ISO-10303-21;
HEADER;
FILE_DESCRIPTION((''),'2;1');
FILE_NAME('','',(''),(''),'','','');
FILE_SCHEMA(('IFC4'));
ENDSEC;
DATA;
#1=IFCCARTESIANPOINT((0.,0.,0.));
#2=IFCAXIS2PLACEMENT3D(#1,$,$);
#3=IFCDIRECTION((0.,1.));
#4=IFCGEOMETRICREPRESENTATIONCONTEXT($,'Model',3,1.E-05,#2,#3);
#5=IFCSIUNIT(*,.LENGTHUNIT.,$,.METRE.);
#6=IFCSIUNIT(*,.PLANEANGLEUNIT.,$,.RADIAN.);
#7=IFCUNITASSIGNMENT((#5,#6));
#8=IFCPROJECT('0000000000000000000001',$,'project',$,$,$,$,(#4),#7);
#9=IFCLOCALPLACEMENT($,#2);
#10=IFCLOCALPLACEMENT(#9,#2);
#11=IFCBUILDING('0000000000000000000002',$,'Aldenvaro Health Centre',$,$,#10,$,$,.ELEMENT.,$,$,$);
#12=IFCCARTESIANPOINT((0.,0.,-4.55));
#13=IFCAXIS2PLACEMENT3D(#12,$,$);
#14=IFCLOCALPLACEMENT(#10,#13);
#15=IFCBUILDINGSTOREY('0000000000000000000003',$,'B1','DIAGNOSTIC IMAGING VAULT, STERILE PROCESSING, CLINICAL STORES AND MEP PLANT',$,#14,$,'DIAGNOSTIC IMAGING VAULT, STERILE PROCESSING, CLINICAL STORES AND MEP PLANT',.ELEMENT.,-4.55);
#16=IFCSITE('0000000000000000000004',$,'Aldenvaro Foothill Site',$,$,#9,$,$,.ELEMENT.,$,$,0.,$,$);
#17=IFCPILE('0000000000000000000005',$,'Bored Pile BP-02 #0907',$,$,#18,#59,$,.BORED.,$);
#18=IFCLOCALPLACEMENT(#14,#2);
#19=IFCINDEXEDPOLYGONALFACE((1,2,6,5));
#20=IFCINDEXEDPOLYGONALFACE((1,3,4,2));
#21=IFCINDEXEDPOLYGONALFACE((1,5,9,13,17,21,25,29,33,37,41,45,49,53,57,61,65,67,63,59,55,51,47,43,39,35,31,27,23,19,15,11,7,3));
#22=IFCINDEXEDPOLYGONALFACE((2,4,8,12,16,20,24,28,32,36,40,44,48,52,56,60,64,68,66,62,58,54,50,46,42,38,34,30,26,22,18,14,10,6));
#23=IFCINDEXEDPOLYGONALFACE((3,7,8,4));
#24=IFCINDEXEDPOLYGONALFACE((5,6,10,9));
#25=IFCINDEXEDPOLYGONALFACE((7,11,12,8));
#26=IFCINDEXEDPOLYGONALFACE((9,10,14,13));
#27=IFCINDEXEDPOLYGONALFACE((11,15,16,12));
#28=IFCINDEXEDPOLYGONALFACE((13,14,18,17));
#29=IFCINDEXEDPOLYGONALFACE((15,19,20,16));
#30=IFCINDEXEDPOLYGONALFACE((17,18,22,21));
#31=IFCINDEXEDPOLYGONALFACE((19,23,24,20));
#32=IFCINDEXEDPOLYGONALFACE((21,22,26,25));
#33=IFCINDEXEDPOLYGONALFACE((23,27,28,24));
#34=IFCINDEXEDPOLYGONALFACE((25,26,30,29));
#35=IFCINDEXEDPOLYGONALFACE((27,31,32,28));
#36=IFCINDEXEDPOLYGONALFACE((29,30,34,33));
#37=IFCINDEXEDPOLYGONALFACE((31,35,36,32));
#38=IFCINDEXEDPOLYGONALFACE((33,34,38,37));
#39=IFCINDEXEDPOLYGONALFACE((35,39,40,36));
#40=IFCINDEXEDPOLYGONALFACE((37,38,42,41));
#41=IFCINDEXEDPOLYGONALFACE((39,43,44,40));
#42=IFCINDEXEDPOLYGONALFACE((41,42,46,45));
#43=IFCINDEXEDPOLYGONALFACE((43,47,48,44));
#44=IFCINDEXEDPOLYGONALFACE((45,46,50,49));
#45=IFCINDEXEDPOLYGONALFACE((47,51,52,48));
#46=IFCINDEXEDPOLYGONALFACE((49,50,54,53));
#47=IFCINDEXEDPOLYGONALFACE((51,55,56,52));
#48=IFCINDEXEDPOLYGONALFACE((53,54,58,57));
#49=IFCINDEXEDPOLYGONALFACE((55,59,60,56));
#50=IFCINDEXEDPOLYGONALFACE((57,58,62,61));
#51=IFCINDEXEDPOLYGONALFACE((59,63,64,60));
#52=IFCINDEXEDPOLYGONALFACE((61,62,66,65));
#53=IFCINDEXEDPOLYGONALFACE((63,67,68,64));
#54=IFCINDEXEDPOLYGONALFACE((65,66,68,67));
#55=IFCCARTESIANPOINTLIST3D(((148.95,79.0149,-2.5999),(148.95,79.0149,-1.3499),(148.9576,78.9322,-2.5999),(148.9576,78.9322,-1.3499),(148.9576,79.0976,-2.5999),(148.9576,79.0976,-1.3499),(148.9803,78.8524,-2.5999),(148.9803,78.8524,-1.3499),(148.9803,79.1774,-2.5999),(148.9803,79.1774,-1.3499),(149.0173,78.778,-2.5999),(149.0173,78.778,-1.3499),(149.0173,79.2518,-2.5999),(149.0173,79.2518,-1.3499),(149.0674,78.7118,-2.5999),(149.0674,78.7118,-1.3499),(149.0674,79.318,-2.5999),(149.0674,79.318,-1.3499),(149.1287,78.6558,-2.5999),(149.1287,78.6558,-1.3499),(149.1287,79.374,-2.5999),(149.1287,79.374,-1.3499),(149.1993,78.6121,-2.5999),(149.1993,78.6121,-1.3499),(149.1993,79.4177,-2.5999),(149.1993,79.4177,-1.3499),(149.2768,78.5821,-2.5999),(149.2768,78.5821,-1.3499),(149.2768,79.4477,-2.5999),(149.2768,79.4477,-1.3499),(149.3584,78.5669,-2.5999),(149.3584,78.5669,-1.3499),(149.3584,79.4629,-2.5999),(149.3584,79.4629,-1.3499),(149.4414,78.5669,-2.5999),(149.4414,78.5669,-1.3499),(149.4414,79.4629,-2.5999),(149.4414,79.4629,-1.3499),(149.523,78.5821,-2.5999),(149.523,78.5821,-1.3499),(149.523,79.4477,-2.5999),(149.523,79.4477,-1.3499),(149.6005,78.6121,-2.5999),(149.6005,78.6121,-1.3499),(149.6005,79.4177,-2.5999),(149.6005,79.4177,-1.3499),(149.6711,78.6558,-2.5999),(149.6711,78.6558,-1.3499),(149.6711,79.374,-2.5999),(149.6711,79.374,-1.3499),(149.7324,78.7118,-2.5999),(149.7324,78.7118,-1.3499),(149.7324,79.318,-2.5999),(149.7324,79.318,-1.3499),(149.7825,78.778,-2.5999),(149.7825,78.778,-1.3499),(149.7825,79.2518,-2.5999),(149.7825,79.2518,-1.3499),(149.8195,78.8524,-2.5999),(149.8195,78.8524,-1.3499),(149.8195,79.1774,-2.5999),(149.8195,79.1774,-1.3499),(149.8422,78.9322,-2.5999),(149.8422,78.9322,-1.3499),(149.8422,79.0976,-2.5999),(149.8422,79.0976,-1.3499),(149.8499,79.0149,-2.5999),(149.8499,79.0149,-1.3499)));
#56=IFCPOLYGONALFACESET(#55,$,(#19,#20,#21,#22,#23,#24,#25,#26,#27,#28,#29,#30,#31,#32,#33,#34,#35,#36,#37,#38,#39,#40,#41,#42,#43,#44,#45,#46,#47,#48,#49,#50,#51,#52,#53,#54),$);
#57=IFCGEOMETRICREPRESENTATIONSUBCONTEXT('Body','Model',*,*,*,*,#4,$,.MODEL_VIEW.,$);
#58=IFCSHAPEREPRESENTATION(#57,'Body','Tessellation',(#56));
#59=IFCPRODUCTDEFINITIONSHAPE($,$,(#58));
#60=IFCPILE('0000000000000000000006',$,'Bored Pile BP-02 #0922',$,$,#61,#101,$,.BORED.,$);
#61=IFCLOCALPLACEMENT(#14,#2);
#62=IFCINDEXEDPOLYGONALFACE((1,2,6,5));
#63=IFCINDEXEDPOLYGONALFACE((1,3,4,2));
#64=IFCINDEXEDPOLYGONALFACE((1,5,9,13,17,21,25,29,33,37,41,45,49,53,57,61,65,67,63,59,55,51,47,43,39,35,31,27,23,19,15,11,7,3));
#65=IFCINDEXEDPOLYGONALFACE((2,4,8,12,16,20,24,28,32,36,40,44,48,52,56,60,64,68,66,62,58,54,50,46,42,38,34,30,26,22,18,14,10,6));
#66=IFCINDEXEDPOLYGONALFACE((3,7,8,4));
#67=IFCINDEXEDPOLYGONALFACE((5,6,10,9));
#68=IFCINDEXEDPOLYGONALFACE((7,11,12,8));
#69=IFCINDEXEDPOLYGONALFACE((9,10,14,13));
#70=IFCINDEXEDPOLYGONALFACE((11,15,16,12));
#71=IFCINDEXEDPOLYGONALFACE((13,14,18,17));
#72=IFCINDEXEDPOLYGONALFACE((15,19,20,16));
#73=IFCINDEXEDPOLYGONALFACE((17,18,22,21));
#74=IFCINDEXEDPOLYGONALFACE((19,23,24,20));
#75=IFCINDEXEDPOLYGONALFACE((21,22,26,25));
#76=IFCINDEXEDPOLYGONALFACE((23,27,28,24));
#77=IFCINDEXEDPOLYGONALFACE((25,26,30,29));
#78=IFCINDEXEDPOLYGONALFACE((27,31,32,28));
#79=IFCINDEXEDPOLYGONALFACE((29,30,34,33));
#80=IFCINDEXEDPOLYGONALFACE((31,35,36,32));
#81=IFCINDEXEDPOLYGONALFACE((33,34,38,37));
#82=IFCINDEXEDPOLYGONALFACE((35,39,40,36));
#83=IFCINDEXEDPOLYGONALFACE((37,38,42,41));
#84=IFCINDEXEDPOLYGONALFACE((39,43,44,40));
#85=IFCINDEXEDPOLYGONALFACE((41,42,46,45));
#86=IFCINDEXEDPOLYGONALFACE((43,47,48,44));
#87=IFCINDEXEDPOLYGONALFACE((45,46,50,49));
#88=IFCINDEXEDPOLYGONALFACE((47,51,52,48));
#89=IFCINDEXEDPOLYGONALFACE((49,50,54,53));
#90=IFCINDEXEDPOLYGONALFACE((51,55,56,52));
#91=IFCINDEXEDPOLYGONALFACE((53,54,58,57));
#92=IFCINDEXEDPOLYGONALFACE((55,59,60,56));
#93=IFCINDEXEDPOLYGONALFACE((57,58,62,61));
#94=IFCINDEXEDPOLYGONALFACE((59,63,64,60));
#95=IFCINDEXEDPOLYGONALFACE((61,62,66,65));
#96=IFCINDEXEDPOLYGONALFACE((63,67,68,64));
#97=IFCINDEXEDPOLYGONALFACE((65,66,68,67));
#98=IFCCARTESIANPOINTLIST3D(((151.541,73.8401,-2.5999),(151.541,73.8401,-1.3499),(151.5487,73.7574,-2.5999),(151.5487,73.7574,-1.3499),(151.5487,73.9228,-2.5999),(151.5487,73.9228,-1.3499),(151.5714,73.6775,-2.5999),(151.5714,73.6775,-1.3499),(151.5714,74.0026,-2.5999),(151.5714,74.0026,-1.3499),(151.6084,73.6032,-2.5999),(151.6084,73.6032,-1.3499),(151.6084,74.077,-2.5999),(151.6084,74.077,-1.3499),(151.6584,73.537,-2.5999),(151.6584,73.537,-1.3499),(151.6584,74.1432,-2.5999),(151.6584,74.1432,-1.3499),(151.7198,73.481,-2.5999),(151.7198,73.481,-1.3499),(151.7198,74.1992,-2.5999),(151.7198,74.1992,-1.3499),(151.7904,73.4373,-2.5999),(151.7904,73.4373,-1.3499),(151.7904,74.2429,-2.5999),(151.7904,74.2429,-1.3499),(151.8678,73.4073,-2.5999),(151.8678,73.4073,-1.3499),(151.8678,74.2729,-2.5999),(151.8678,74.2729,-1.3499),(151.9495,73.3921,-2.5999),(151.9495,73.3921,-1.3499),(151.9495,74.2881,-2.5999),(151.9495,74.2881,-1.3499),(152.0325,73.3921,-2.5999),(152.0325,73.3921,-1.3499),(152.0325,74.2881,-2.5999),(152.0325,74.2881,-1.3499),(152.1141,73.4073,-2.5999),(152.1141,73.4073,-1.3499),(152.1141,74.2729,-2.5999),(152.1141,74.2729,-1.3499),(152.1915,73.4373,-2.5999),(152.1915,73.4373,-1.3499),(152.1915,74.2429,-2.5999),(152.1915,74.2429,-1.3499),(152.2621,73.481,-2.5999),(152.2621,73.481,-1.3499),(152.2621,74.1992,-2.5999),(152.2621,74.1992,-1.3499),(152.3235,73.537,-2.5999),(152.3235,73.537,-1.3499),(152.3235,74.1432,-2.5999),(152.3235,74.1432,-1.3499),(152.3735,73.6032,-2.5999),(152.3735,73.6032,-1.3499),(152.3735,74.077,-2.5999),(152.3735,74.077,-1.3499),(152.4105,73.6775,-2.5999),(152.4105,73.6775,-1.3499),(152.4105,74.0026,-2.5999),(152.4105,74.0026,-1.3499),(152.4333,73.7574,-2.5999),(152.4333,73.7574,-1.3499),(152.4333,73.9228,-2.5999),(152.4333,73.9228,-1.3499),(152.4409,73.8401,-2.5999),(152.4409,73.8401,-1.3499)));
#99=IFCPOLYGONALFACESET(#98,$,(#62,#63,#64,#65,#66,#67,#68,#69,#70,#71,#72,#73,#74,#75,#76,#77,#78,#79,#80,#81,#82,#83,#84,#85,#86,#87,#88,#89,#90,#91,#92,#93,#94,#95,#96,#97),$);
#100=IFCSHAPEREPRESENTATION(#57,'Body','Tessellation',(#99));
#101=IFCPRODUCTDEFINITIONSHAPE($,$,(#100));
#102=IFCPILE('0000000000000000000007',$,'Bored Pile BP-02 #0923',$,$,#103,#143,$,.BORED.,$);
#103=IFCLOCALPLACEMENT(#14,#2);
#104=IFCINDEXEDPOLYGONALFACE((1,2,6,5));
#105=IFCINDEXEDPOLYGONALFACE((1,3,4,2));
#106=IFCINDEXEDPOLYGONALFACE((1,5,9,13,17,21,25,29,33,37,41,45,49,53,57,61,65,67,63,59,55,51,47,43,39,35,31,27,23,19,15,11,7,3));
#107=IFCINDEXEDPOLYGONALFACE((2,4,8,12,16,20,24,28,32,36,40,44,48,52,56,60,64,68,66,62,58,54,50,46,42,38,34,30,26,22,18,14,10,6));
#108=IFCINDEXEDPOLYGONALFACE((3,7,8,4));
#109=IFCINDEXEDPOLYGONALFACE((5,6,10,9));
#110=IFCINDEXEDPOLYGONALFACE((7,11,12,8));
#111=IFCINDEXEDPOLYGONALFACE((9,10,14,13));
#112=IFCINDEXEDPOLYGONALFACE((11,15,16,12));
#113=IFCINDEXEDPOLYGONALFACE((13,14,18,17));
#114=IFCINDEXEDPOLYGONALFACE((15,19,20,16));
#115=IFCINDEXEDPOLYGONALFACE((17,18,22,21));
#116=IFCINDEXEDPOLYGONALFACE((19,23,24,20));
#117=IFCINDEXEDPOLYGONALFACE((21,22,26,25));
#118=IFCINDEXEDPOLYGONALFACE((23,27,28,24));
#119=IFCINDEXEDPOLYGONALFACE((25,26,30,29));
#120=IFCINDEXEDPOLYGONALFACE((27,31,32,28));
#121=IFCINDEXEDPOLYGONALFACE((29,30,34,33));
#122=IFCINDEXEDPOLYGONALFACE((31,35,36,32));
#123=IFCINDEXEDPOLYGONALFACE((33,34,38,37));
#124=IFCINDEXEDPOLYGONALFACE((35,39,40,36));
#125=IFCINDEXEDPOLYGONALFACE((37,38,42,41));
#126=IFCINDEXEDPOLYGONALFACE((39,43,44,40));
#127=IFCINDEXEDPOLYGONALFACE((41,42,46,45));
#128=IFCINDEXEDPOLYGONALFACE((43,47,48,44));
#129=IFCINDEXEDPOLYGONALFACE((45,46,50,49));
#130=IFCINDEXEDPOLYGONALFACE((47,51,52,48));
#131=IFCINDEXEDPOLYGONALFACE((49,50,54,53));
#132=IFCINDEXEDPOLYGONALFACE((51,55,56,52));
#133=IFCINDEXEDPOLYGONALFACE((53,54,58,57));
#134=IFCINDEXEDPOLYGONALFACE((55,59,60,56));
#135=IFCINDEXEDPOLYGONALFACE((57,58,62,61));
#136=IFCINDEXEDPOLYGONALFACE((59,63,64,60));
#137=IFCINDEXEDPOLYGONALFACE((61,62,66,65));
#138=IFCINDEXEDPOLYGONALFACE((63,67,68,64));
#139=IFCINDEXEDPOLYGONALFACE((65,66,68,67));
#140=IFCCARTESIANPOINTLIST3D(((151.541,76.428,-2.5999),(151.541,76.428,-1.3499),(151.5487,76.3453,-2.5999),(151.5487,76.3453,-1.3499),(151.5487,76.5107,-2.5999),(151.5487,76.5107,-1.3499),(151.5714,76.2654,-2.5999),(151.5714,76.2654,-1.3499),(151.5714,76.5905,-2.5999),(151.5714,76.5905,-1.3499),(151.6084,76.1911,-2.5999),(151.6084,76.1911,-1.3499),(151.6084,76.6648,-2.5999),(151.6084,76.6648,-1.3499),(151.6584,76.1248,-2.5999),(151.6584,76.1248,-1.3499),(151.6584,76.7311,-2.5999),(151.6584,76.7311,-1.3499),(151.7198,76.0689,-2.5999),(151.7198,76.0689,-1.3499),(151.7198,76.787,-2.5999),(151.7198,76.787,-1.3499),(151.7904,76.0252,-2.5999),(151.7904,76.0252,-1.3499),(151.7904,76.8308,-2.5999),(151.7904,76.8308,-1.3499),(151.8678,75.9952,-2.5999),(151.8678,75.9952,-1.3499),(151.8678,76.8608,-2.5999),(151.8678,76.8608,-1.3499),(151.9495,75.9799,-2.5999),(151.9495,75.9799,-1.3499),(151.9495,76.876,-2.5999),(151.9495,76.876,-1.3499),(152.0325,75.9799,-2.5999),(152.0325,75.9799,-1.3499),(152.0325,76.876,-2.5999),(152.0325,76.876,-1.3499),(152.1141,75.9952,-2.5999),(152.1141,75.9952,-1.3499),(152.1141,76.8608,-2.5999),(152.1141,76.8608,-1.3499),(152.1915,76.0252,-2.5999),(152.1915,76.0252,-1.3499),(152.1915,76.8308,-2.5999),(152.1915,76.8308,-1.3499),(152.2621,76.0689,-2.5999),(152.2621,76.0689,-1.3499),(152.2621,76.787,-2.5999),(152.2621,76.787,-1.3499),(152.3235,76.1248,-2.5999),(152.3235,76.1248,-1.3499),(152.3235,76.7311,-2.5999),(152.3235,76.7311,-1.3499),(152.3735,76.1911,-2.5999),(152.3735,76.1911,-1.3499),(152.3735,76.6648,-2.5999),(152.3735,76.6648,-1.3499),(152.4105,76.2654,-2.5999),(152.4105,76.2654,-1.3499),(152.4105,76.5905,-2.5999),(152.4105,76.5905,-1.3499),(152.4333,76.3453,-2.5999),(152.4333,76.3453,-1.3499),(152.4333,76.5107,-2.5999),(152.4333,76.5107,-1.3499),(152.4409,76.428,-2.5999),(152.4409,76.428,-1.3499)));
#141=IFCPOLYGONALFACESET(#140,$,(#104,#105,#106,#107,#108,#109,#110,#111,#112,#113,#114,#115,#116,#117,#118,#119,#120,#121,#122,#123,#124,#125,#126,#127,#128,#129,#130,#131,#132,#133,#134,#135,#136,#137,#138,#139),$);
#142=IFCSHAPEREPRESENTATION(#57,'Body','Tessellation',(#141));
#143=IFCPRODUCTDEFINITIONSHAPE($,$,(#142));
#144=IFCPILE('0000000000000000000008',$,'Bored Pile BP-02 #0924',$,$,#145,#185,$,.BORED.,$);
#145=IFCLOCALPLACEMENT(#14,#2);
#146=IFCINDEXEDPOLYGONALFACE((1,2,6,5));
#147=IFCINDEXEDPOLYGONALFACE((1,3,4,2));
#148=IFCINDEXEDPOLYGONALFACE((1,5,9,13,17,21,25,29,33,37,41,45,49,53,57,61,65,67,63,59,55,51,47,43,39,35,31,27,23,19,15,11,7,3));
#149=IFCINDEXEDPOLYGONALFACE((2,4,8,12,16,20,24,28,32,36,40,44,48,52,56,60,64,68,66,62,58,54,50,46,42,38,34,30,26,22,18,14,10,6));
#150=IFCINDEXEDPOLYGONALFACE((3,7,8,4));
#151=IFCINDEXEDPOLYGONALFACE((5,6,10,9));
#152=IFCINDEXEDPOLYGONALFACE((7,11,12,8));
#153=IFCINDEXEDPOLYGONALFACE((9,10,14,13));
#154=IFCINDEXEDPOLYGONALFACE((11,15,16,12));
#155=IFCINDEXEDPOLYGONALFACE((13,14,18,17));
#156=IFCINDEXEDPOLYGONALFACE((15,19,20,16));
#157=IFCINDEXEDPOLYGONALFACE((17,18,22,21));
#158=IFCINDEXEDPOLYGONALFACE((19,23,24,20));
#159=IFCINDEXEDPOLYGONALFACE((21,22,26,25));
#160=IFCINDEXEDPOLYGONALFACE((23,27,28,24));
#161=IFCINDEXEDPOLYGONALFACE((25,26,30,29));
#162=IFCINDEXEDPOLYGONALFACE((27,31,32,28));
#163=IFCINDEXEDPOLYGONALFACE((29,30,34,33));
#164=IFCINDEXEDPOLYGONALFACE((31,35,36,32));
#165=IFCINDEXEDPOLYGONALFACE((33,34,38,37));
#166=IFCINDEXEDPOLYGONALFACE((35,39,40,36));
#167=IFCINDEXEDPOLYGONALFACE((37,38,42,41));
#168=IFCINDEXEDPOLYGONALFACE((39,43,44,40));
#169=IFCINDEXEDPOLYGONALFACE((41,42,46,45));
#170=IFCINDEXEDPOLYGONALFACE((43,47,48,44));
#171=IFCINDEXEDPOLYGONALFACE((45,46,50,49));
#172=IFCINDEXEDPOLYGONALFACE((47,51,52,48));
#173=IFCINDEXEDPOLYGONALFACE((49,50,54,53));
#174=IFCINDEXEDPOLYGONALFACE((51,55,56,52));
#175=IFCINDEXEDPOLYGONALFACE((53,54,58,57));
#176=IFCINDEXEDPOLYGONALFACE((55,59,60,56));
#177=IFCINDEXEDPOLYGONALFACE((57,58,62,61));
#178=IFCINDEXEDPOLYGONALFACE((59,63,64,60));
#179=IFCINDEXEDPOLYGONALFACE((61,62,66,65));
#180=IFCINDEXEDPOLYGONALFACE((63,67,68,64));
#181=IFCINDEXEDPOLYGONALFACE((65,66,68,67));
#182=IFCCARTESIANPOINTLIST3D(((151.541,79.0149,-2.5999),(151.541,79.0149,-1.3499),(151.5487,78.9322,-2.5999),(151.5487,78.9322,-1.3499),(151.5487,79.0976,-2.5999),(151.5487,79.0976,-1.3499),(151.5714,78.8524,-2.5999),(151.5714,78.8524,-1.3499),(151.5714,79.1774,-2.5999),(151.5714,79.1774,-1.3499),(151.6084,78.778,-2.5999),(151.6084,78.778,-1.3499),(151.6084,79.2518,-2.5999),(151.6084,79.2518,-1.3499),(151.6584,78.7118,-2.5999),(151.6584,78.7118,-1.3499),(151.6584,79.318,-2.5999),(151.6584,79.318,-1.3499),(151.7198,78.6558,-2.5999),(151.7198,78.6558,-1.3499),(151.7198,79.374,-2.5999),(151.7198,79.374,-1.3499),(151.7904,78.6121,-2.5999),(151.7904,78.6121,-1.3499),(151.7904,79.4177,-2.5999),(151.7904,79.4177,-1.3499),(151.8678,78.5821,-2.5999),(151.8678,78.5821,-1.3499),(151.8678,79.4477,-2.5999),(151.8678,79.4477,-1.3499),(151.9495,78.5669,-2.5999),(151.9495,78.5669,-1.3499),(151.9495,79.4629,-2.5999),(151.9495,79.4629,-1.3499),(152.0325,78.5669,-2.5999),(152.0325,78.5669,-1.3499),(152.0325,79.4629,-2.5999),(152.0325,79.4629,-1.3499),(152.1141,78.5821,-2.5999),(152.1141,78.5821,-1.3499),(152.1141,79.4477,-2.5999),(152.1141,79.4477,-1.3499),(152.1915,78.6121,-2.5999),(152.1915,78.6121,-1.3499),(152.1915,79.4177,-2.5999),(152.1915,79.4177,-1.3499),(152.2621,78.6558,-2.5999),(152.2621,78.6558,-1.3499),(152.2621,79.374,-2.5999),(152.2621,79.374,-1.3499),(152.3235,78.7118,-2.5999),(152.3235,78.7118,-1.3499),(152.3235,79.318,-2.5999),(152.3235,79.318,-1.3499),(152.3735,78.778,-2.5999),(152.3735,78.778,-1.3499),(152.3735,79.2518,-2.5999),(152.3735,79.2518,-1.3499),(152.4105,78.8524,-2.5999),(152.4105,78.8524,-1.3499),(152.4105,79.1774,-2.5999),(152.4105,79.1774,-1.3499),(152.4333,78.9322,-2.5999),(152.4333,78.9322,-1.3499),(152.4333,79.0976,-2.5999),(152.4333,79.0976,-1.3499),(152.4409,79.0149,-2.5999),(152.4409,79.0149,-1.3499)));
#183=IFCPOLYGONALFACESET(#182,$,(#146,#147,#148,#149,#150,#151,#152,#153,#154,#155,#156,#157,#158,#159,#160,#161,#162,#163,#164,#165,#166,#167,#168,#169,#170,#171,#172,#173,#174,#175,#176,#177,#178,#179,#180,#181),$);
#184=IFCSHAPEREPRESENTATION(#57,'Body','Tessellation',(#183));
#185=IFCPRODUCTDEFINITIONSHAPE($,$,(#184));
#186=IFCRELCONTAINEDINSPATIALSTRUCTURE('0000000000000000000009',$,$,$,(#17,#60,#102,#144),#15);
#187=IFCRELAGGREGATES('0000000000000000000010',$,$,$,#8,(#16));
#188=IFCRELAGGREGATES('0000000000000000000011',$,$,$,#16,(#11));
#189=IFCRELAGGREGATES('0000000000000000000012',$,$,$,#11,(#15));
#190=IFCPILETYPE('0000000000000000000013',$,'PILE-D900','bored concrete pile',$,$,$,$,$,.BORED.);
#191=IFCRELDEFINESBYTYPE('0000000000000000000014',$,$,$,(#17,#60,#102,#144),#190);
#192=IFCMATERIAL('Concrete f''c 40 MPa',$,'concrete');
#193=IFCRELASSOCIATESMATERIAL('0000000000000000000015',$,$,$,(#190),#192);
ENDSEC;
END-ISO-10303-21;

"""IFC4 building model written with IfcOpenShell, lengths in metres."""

from ifc_helpers import new_model, si_unit, direction, frame, origin, origin_2d, place, context, subcontext, project, spatial, circle, extrude, material, material_profile, profile_set, type_object, element, save


model = new_model("IFC4")

# Units and contexts
model_context = context("Model", 3, precision=1e-05, world=origin(), true_north=direction((0.0, 1.0)))
body_context = subcontext(model_context, "Body", "Model", "MODEL_VIEW")
ifc_project = project(units=[si_unit("LENGTHUNIT", "METRE"), si_unit("PLANEANGLEUNIT", "RADIAN")], contexts=[model_context])

# Site, building, storey
site_placement = place(None, origin())
site = spatial("IfcSite", under=ifc_project, at=site_placement, Name="Aldenvaro Foothill Site", CompositionType="ELEMENT", RefElevation=0.0)
building_placement = place(site_placement, origin())
building = spatial("IfcBuilding", under=site, at=building_placement, Name="Aldenvaro Health Centre", CompositionType="ELEMENT")
storey_placement = place(building_placement, frame((0.0, 0.0, -4.55)))
storey = spatial("IfcBuildingStorey", under=building, at=storey_placement, Name="B1", Description="DIAGNOSTIC IMAGING VAULT, STERILE PROCESSING, CLINICAL STORES AND MEP PLANT", LongName="DIAGNOSTIC IMAGING VAULT, STERILE PROCESSING, CLINICAL STORES AND MEP PLANT", CompositionType="ELEMENT", Elevation=-4.55)

# Piles
ifc_material_1 = material(Name="Concrete f'c 40 MPa", Category="concrete")
ifc_material_profile_1 = material_profile(ifc_material_1, circle(Radius=0.45, at=origin_2d()), Name="PILE D900", Category="concrete")
ifc_profile_set_1 = profile_set([ifc_material_profile_1], Name="Concrete f'c 40 MPa")
pile_type = type_object("IfcPileType", Name="PILE-D900", Description="bored concrete pile", PredefinedType="BORED", material=ifc_profile_set_1)
for number, where, z_axis, x_axis, name in (
    (1, (149.3999, 79.0149, -1.3499), (0.0, 0.0, -1.0), (1.0, 0.0, 0.0), "Bored Pile BP-02 #0907"),
    (2, (151.991, 73.8401, -1.3499), (0.0, 0.0, -1.0), (1.0, 0.0, 0.0), "Bored Pile BP-02 #0922"),
    (3, (151.991, 76.428, -1.3499), (0.0, 0.0, -1.0), (1.0, 0.0, 0.0), "Bored Pile BP-02 #0923"),
    (4, (151.991, 79.0149, -1.3499), (0.0, 0.0, -1.0), (1.0, 0.0, 0.0), "Bored Pile BP-02 #0924"),
):
    element("IfcPile", number, at=place(storey_placement, frame(where, z_axis=z_axis, x_axis=x_axis)), inside=storey, type_object=pile_type, Name=name, PredefinedType="BORED", context=body_context, shape_type="SweptSolid", body=[
        extrude(circle(Radius=0.45, at=origin_2d()), origin(), (0.0, 0.0, 1.0), 1.25),
    ])

save(model, "model.ifc")
